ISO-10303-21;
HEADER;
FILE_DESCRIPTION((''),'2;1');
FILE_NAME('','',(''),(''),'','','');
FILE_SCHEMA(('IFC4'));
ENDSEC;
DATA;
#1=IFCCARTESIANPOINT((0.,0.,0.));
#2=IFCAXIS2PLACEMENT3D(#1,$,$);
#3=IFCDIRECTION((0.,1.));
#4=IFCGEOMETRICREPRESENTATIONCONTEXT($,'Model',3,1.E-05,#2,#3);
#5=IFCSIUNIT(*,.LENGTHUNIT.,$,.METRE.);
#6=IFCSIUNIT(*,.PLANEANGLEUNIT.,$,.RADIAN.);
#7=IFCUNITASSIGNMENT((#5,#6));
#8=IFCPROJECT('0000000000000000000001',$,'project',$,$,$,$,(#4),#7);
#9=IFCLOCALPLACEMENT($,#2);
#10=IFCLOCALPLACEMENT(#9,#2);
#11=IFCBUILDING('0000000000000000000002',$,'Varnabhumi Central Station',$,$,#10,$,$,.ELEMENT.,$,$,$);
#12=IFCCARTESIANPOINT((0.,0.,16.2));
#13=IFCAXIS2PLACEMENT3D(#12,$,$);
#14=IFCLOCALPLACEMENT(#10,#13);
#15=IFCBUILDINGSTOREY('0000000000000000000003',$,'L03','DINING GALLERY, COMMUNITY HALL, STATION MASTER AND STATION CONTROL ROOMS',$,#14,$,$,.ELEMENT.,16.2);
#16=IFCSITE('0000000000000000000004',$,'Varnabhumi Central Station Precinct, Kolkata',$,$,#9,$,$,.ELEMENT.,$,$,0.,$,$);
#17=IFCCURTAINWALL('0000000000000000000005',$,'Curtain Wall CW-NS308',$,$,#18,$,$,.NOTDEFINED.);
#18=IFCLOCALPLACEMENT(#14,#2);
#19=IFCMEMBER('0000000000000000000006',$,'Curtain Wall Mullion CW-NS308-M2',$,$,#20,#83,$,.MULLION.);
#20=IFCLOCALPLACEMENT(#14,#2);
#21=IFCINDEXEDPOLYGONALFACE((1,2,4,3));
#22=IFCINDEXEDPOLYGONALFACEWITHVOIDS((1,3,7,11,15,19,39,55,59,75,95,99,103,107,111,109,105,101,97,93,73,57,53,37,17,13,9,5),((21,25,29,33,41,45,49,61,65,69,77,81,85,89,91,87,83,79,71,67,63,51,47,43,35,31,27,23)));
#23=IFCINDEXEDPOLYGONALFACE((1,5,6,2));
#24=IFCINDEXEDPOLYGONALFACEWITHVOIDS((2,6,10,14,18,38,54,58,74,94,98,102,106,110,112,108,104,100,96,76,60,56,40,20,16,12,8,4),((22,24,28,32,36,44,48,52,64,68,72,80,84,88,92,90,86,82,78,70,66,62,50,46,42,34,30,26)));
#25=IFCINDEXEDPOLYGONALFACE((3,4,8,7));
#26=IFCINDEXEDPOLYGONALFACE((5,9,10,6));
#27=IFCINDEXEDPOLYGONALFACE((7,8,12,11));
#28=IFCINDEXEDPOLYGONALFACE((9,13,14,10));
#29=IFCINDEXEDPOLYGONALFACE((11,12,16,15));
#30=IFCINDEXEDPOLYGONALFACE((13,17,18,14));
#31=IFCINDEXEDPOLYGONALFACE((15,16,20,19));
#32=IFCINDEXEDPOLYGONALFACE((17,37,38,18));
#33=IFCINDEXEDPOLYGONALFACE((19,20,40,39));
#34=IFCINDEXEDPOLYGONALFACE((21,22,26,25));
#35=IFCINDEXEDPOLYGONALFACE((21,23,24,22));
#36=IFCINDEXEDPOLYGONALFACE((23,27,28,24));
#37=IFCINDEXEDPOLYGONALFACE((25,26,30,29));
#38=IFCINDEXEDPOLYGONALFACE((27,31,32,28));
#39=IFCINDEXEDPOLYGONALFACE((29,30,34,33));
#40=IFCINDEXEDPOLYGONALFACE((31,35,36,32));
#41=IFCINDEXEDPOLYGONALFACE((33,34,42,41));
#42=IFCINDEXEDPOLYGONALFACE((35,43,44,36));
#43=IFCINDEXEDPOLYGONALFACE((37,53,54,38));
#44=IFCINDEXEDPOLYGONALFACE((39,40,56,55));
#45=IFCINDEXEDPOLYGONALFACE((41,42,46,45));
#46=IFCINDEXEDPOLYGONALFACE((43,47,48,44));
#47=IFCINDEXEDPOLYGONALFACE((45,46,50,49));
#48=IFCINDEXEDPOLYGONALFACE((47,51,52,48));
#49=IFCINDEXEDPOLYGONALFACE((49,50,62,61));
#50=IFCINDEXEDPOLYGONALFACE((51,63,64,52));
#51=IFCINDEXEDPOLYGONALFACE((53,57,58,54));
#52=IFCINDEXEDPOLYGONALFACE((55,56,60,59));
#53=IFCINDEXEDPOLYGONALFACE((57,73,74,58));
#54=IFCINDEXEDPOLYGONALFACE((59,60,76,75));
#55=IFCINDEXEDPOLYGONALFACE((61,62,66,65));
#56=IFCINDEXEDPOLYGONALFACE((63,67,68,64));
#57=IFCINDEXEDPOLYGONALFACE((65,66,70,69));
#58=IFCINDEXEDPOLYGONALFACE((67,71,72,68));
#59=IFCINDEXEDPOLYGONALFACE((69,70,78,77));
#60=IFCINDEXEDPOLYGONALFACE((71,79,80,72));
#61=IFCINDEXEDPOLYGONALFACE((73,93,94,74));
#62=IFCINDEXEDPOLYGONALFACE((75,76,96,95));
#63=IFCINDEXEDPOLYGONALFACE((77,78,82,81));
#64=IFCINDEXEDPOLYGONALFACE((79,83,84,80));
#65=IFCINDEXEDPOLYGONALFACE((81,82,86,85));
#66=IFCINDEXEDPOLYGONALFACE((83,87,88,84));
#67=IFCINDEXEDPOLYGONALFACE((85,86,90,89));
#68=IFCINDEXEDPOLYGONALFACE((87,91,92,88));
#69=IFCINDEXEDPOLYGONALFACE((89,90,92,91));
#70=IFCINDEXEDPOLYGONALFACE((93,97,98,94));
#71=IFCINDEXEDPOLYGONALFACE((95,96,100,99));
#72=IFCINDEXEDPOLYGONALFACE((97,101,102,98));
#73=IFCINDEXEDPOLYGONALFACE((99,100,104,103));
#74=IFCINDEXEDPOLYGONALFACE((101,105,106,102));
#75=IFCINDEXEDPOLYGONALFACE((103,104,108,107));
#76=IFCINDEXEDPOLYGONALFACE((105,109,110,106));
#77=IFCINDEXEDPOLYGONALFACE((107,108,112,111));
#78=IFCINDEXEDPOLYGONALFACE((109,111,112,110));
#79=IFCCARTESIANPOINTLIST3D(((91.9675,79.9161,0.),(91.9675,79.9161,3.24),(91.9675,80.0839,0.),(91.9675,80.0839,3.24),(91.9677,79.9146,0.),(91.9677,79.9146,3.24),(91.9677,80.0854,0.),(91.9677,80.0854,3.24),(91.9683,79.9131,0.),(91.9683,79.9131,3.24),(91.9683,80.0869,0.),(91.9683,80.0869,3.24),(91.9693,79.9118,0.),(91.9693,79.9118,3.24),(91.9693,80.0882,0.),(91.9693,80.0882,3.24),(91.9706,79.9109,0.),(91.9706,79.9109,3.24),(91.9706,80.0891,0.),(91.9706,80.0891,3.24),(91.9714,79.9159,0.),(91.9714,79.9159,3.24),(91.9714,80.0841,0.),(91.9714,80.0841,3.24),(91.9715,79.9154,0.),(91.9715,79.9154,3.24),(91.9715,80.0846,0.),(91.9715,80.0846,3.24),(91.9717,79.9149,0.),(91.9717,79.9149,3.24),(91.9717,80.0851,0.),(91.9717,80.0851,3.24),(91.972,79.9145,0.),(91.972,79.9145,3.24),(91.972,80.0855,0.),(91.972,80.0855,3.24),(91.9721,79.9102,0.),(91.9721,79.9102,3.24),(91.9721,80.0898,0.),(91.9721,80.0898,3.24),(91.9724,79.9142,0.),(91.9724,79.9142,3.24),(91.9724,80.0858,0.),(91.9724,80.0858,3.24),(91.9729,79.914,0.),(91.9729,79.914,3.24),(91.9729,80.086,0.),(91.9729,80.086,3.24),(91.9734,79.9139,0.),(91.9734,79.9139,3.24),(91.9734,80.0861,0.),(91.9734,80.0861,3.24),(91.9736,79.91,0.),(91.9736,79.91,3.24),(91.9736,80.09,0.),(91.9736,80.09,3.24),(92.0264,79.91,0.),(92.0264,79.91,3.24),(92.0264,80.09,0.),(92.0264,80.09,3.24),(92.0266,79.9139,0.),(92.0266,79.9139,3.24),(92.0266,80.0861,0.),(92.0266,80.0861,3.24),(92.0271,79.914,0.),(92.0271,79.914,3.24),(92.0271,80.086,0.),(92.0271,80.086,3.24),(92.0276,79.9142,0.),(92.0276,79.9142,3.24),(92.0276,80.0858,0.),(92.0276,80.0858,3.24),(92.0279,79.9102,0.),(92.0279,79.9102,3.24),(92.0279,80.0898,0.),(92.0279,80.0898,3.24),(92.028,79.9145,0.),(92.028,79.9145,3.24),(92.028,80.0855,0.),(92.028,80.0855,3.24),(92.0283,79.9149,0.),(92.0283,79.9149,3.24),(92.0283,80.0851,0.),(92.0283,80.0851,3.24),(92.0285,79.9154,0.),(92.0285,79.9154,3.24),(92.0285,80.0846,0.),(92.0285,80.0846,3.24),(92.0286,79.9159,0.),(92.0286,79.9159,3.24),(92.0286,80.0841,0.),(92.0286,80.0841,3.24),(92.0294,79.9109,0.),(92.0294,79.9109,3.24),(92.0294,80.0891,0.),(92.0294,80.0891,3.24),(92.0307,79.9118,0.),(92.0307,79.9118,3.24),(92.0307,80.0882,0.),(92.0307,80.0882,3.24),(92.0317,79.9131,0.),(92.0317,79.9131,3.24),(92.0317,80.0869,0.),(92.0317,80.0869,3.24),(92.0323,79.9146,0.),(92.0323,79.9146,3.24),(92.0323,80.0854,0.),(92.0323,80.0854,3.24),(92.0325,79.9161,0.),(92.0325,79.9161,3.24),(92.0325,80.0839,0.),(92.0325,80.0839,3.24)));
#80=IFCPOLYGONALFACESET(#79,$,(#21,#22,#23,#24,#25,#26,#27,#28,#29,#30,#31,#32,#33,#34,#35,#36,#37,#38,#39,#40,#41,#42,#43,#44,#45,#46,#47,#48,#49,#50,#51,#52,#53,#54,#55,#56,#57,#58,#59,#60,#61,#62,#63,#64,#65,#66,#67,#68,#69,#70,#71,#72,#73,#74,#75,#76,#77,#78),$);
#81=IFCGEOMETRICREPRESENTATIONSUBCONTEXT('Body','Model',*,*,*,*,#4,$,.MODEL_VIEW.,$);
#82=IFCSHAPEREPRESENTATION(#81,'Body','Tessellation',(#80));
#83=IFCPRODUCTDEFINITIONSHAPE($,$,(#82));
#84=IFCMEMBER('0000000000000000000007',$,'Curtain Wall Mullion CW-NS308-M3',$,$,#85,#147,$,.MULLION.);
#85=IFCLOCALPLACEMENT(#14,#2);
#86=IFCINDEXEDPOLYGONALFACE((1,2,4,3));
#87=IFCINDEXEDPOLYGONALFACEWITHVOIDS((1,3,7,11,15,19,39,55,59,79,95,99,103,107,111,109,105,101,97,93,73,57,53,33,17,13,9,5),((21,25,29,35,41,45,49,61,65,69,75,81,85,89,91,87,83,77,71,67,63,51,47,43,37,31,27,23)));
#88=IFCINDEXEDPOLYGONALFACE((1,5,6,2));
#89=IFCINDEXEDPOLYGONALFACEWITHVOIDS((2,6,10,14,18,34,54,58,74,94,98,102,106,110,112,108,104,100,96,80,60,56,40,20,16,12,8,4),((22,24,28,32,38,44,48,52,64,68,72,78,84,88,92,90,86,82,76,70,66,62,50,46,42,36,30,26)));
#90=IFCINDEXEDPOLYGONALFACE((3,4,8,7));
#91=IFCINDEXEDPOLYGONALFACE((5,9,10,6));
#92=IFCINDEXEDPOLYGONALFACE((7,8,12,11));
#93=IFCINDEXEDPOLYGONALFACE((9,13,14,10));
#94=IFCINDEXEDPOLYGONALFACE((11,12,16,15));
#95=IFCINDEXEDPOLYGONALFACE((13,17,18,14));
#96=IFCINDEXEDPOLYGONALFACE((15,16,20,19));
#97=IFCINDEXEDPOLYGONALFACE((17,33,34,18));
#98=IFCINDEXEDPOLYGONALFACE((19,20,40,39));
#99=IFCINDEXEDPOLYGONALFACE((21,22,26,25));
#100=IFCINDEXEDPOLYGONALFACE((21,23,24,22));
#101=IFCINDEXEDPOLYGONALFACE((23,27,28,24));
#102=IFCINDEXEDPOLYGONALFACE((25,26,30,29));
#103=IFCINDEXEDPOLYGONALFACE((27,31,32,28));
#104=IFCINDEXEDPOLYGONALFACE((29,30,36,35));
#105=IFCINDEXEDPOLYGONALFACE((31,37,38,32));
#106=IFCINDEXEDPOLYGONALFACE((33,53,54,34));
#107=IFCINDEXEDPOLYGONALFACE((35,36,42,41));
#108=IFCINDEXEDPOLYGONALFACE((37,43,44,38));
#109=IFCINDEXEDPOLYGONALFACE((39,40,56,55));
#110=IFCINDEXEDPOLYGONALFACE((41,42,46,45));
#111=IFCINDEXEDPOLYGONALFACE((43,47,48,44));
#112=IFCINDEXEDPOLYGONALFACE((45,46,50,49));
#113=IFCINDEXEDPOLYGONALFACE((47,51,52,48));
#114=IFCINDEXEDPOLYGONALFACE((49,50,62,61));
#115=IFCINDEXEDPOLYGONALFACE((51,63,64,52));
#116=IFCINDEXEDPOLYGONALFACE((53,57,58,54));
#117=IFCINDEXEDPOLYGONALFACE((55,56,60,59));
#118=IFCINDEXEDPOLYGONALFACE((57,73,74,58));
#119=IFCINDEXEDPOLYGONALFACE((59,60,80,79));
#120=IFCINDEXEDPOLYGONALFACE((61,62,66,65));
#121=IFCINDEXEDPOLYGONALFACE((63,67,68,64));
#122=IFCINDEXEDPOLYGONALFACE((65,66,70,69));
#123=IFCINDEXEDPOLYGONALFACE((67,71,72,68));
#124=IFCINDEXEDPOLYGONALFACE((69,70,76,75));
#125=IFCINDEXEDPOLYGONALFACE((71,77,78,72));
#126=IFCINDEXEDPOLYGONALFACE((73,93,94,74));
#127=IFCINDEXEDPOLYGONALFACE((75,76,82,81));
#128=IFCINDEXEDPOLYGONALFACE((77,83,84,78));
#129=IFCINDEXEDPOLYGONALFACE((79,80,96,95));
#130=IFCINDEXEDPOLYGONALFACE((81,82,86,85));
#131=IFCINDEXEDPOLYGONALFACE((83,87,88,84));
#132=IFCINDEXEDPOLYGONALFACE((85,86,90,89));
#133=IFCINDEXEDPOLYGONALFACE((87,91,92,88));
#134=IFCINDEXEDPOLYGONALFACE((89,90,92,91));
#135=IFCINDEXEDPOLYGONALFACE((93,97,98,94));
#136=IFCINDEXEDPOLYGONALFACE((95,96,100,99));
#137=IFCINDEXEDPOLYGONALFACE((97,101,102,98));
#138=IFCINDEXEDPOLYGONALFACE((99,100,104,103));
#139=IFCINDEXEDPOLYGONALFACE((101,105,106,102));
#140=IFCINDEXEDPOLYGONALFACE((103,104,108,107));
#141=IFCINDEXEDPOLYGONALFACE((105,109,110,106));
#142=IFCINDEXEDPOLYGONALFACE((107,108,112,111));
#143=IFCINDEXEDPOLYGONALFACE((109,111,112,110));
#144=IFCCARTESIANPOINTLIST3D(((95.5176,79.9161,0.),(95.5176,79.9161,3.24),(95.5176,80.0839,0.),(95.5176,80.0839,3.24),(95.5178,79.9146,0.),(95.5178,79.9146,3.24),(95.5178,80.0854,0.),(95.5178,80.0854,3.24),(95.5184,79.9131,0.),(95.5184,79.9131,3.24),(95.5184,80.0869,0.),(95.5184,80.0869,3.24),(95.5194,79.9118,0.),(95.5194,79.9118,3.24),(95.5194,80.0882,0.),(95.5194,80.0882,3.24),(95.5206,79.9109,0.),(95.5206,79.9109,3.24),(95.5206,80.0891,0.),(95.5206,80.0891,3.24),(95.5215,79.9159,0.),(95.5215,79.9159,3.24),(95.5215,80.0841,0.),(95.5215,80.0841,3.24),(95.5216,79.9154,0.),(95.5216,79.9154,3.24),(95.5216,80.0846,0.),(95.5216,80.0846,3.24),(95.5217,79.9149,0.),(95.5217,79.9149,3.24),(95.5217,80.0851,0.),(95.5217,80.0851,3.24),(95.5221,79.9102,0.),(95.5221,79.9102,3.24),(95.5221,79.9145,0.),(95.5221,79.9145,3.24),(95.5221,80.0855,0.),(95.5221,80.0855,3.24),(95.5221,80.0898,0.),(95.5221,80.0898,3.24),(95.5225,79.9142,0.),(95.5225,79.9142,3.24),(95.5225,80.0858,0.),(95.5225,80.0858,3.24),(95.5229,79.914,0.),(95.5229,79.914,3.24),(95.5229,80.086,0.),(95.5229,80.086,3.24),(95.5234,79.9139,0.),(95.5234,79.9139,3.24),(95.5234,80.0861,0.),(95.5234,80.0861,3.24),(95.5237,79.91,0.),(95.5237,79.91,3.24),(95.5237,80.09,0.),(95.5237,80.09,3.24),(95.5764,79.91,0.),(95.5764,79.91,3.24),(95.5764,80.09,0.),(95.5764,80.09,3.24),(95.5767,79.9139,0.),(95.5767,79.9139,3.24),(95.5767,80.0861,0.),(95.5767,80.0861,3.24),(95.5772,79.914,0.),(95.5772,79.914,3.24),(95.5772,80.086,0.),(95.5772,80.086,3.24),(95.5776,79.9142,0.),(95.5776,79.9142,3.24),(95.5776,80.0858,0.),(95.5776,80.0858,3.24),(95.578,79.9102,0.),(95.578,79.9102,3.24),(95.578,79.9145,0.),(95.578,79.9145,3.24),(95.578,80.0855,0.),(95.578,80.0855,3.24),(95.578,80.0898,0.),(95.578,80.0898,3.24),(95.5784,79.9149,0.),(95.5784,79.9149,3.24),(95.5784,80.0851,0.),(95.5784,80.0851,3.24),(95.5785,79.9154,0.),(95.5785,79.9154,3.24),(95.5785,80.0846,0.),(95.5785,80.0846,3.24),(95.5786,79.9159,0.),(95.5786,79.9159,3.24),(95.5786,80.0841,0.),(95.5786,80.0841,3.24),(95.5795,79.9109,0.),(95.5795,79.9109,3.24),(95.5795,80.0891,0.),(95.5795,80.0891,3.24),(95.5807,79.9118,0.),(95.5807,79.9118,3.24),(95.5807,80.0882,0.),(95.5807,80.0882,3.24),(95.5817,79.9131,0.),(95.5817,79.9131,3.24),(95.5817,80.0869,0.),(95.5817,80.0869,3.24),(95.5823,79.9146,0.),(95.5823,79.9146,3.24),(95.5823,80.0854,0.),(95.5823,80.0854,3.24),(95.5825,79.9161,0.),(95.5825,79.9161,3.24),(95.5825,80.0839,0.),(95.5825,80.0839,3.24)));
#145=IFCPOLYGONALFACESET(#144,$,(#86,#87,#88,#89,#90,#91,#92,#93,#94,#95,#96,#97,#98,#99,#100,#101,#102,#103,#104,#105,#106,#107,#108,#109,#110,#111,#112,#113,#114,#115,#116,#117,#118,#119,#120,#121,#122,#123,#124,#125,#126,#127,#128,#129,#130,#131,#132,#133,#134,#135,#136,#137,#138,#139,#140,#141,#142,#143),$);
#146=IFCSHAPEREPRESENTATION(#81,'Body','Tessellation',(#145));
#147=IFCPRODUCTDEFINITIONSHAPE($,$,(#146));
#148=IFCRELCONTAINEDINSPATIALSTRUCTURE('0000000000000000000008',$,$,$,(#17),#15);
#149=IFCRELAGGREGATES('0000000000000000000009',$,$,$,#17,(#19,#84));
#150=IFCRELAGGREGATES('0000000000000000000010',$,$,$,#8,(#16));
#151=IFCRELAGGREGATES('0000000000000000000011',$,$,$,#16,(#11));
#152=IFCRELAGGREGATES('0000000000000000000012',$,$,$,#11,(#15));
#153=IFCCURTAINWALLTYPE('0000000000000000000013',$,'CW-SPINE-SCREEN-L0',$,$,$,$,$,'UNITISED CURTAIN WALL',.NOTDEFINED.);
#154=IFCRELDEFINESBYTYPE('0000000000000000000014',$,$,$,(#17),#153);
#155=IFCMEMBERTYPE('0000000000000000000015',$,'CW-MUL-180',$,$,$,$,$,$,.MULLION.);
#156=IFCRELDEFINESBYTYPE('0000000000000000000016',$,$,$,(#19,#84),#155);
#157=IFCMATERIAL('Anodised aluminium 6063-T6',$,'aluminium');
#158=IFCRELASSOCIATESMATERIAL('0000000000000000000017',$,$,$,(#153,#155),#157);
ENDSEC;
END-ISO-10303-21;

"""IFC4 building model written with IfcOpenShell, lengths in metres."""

from ifc_helpers import new_model, si_unit, direction, frame, origin, origin_2d, place, context, subcontext, project, spatial, hollow_rectangle, extrude, material, material_profile, profile_set, type_object, element, aggregate, save


model = new_model("IFC4")

# Units and contexts
model_context = context("Model", 3, precision=1e-05, world=origin(), true_north=direction((0.0, 1.0)))
body_context = subcontext(model_context, "Body", "Model", "MODEL_VIEW")
ifc_project = project(units=[si_unit("LENGTHUNIT", "METRE"), si_unit("PLANEANGLEUNIT", "RADIAN")], contexts=[model_context])

# Site, building, storey
site_placement = place(None, origin())
site = spatial("IfcSite", under=ifc_project, at=site_placement, Name="Varnabhumi Central Station Precinct, Kolkata", CompositionType="ELEMENT", RefElevation=0.0)
building_placement = place(site_placement, origin())
building = spatial("IfcBuilding", under=site, at=building_placement, Name="Varnabhumi Central Station", CompositionType="ELEMENT")
storey_placement = place(building_placement, frame((0.0, 0.0, 16.2)))
storey = spatial("IfcBuildingStorey", under=building, at=storey_placement, Name="L03", Description="DINING GALLERY, COMMUNITY HALL, STATION MASTER AND STATION CONTROL ROOMS", CompositionType="ELEMENT", Elevation=16.2)

# Curtain wall, members
ifc_material_1 = material(Name="Anodised aluminium 6063-T6", Category="aluminium")
curtain_wall_type = type_object("IfcCurtainWallType", Name="CW-SPINE-SCREEN-L0", ElementType="UNITISED CURTAIN WALL", PredefinedType="NOTDEFINED", material=ifc_material_1)
curtain_wall_placement = place(storey_placement, origin())
curtain_wall = element("IfcCurtainWall", 1, at=curtain_wall_placement, inside=storey, type_object=curtain_wall_type, Name="Curtain Wall CW-NS308", PredefinedType="NOTDEFINED")
ifc_material_profile_1 = material_profile(ifc_material_1, hollow_rectangle(XDim=0.0649, YDim=0.1799, WallThickness=0.0039, InnerFilletRadius=0.002, OuterFilletRadius=0.0061, at=origin_2d()), Name="Anodised aluminium 6063-T6", Category="aluminium")
ifc_profile_set_1 = profile_set([ifc_material_profile_1], Name="Anodised aluminium 6063-T6")
member_type_1 = type_object("IfcMemberType", Name="CW-MUL-180", PredefinedType="MULLION", material=ifc_profile_set_1)
member_1_placement = place(storey_placement, frame((92.0, 80.0, 0.0), z_axis=(0.0, 0.0, 1.0), x_axis=(1.0, 0.0, 0.0)))
member_1 = element("IfcMember", 2, at=member_1_placement, type_object=member_type_1, Name="Curtain Wall Mullion CW-NS308-M2", PredefinedType="MULLION", context=body_context, shape_type="SweptSolid", body=[
    extrude(hollow_rectangle(XDim=0.0649, YDim=0.1799, WallThickness=0.0039, InnerFilletRadius=0.002, OuterFilletRadius=0.0061, at=origin_2d()), origin(), (0.0, 0.0, 1.0), 3.24),
])
member_2_placement = place(storey_placement, frame((95.55, 80.0, 0.0), z_axis=(0.0, 0.0, 1.0), x_axis=(1.0, 0.0, 0.0)))
member_2 = element("IfcMember", 3, at=member_2_placement, type_object=member_type_1, Name="Curtain Wall Mullion CW-NS308-M3", PredefinedType="MULLION", context=body_context, shape_type="SweptSolid", body=[
    extrude(hollow_rectangle(XDim=0.0649, YDim=0.1799, WallThickness=0.0039, InnerFilletRadius=0.002, OuterFilletRadius=0.0061, at=origin_2d()), origin(), (0.0, 0.0, 1.0), 3.24),
])

aggregate(curtain_wall, [member_1, member_2])

save(model, "model.ifc")
